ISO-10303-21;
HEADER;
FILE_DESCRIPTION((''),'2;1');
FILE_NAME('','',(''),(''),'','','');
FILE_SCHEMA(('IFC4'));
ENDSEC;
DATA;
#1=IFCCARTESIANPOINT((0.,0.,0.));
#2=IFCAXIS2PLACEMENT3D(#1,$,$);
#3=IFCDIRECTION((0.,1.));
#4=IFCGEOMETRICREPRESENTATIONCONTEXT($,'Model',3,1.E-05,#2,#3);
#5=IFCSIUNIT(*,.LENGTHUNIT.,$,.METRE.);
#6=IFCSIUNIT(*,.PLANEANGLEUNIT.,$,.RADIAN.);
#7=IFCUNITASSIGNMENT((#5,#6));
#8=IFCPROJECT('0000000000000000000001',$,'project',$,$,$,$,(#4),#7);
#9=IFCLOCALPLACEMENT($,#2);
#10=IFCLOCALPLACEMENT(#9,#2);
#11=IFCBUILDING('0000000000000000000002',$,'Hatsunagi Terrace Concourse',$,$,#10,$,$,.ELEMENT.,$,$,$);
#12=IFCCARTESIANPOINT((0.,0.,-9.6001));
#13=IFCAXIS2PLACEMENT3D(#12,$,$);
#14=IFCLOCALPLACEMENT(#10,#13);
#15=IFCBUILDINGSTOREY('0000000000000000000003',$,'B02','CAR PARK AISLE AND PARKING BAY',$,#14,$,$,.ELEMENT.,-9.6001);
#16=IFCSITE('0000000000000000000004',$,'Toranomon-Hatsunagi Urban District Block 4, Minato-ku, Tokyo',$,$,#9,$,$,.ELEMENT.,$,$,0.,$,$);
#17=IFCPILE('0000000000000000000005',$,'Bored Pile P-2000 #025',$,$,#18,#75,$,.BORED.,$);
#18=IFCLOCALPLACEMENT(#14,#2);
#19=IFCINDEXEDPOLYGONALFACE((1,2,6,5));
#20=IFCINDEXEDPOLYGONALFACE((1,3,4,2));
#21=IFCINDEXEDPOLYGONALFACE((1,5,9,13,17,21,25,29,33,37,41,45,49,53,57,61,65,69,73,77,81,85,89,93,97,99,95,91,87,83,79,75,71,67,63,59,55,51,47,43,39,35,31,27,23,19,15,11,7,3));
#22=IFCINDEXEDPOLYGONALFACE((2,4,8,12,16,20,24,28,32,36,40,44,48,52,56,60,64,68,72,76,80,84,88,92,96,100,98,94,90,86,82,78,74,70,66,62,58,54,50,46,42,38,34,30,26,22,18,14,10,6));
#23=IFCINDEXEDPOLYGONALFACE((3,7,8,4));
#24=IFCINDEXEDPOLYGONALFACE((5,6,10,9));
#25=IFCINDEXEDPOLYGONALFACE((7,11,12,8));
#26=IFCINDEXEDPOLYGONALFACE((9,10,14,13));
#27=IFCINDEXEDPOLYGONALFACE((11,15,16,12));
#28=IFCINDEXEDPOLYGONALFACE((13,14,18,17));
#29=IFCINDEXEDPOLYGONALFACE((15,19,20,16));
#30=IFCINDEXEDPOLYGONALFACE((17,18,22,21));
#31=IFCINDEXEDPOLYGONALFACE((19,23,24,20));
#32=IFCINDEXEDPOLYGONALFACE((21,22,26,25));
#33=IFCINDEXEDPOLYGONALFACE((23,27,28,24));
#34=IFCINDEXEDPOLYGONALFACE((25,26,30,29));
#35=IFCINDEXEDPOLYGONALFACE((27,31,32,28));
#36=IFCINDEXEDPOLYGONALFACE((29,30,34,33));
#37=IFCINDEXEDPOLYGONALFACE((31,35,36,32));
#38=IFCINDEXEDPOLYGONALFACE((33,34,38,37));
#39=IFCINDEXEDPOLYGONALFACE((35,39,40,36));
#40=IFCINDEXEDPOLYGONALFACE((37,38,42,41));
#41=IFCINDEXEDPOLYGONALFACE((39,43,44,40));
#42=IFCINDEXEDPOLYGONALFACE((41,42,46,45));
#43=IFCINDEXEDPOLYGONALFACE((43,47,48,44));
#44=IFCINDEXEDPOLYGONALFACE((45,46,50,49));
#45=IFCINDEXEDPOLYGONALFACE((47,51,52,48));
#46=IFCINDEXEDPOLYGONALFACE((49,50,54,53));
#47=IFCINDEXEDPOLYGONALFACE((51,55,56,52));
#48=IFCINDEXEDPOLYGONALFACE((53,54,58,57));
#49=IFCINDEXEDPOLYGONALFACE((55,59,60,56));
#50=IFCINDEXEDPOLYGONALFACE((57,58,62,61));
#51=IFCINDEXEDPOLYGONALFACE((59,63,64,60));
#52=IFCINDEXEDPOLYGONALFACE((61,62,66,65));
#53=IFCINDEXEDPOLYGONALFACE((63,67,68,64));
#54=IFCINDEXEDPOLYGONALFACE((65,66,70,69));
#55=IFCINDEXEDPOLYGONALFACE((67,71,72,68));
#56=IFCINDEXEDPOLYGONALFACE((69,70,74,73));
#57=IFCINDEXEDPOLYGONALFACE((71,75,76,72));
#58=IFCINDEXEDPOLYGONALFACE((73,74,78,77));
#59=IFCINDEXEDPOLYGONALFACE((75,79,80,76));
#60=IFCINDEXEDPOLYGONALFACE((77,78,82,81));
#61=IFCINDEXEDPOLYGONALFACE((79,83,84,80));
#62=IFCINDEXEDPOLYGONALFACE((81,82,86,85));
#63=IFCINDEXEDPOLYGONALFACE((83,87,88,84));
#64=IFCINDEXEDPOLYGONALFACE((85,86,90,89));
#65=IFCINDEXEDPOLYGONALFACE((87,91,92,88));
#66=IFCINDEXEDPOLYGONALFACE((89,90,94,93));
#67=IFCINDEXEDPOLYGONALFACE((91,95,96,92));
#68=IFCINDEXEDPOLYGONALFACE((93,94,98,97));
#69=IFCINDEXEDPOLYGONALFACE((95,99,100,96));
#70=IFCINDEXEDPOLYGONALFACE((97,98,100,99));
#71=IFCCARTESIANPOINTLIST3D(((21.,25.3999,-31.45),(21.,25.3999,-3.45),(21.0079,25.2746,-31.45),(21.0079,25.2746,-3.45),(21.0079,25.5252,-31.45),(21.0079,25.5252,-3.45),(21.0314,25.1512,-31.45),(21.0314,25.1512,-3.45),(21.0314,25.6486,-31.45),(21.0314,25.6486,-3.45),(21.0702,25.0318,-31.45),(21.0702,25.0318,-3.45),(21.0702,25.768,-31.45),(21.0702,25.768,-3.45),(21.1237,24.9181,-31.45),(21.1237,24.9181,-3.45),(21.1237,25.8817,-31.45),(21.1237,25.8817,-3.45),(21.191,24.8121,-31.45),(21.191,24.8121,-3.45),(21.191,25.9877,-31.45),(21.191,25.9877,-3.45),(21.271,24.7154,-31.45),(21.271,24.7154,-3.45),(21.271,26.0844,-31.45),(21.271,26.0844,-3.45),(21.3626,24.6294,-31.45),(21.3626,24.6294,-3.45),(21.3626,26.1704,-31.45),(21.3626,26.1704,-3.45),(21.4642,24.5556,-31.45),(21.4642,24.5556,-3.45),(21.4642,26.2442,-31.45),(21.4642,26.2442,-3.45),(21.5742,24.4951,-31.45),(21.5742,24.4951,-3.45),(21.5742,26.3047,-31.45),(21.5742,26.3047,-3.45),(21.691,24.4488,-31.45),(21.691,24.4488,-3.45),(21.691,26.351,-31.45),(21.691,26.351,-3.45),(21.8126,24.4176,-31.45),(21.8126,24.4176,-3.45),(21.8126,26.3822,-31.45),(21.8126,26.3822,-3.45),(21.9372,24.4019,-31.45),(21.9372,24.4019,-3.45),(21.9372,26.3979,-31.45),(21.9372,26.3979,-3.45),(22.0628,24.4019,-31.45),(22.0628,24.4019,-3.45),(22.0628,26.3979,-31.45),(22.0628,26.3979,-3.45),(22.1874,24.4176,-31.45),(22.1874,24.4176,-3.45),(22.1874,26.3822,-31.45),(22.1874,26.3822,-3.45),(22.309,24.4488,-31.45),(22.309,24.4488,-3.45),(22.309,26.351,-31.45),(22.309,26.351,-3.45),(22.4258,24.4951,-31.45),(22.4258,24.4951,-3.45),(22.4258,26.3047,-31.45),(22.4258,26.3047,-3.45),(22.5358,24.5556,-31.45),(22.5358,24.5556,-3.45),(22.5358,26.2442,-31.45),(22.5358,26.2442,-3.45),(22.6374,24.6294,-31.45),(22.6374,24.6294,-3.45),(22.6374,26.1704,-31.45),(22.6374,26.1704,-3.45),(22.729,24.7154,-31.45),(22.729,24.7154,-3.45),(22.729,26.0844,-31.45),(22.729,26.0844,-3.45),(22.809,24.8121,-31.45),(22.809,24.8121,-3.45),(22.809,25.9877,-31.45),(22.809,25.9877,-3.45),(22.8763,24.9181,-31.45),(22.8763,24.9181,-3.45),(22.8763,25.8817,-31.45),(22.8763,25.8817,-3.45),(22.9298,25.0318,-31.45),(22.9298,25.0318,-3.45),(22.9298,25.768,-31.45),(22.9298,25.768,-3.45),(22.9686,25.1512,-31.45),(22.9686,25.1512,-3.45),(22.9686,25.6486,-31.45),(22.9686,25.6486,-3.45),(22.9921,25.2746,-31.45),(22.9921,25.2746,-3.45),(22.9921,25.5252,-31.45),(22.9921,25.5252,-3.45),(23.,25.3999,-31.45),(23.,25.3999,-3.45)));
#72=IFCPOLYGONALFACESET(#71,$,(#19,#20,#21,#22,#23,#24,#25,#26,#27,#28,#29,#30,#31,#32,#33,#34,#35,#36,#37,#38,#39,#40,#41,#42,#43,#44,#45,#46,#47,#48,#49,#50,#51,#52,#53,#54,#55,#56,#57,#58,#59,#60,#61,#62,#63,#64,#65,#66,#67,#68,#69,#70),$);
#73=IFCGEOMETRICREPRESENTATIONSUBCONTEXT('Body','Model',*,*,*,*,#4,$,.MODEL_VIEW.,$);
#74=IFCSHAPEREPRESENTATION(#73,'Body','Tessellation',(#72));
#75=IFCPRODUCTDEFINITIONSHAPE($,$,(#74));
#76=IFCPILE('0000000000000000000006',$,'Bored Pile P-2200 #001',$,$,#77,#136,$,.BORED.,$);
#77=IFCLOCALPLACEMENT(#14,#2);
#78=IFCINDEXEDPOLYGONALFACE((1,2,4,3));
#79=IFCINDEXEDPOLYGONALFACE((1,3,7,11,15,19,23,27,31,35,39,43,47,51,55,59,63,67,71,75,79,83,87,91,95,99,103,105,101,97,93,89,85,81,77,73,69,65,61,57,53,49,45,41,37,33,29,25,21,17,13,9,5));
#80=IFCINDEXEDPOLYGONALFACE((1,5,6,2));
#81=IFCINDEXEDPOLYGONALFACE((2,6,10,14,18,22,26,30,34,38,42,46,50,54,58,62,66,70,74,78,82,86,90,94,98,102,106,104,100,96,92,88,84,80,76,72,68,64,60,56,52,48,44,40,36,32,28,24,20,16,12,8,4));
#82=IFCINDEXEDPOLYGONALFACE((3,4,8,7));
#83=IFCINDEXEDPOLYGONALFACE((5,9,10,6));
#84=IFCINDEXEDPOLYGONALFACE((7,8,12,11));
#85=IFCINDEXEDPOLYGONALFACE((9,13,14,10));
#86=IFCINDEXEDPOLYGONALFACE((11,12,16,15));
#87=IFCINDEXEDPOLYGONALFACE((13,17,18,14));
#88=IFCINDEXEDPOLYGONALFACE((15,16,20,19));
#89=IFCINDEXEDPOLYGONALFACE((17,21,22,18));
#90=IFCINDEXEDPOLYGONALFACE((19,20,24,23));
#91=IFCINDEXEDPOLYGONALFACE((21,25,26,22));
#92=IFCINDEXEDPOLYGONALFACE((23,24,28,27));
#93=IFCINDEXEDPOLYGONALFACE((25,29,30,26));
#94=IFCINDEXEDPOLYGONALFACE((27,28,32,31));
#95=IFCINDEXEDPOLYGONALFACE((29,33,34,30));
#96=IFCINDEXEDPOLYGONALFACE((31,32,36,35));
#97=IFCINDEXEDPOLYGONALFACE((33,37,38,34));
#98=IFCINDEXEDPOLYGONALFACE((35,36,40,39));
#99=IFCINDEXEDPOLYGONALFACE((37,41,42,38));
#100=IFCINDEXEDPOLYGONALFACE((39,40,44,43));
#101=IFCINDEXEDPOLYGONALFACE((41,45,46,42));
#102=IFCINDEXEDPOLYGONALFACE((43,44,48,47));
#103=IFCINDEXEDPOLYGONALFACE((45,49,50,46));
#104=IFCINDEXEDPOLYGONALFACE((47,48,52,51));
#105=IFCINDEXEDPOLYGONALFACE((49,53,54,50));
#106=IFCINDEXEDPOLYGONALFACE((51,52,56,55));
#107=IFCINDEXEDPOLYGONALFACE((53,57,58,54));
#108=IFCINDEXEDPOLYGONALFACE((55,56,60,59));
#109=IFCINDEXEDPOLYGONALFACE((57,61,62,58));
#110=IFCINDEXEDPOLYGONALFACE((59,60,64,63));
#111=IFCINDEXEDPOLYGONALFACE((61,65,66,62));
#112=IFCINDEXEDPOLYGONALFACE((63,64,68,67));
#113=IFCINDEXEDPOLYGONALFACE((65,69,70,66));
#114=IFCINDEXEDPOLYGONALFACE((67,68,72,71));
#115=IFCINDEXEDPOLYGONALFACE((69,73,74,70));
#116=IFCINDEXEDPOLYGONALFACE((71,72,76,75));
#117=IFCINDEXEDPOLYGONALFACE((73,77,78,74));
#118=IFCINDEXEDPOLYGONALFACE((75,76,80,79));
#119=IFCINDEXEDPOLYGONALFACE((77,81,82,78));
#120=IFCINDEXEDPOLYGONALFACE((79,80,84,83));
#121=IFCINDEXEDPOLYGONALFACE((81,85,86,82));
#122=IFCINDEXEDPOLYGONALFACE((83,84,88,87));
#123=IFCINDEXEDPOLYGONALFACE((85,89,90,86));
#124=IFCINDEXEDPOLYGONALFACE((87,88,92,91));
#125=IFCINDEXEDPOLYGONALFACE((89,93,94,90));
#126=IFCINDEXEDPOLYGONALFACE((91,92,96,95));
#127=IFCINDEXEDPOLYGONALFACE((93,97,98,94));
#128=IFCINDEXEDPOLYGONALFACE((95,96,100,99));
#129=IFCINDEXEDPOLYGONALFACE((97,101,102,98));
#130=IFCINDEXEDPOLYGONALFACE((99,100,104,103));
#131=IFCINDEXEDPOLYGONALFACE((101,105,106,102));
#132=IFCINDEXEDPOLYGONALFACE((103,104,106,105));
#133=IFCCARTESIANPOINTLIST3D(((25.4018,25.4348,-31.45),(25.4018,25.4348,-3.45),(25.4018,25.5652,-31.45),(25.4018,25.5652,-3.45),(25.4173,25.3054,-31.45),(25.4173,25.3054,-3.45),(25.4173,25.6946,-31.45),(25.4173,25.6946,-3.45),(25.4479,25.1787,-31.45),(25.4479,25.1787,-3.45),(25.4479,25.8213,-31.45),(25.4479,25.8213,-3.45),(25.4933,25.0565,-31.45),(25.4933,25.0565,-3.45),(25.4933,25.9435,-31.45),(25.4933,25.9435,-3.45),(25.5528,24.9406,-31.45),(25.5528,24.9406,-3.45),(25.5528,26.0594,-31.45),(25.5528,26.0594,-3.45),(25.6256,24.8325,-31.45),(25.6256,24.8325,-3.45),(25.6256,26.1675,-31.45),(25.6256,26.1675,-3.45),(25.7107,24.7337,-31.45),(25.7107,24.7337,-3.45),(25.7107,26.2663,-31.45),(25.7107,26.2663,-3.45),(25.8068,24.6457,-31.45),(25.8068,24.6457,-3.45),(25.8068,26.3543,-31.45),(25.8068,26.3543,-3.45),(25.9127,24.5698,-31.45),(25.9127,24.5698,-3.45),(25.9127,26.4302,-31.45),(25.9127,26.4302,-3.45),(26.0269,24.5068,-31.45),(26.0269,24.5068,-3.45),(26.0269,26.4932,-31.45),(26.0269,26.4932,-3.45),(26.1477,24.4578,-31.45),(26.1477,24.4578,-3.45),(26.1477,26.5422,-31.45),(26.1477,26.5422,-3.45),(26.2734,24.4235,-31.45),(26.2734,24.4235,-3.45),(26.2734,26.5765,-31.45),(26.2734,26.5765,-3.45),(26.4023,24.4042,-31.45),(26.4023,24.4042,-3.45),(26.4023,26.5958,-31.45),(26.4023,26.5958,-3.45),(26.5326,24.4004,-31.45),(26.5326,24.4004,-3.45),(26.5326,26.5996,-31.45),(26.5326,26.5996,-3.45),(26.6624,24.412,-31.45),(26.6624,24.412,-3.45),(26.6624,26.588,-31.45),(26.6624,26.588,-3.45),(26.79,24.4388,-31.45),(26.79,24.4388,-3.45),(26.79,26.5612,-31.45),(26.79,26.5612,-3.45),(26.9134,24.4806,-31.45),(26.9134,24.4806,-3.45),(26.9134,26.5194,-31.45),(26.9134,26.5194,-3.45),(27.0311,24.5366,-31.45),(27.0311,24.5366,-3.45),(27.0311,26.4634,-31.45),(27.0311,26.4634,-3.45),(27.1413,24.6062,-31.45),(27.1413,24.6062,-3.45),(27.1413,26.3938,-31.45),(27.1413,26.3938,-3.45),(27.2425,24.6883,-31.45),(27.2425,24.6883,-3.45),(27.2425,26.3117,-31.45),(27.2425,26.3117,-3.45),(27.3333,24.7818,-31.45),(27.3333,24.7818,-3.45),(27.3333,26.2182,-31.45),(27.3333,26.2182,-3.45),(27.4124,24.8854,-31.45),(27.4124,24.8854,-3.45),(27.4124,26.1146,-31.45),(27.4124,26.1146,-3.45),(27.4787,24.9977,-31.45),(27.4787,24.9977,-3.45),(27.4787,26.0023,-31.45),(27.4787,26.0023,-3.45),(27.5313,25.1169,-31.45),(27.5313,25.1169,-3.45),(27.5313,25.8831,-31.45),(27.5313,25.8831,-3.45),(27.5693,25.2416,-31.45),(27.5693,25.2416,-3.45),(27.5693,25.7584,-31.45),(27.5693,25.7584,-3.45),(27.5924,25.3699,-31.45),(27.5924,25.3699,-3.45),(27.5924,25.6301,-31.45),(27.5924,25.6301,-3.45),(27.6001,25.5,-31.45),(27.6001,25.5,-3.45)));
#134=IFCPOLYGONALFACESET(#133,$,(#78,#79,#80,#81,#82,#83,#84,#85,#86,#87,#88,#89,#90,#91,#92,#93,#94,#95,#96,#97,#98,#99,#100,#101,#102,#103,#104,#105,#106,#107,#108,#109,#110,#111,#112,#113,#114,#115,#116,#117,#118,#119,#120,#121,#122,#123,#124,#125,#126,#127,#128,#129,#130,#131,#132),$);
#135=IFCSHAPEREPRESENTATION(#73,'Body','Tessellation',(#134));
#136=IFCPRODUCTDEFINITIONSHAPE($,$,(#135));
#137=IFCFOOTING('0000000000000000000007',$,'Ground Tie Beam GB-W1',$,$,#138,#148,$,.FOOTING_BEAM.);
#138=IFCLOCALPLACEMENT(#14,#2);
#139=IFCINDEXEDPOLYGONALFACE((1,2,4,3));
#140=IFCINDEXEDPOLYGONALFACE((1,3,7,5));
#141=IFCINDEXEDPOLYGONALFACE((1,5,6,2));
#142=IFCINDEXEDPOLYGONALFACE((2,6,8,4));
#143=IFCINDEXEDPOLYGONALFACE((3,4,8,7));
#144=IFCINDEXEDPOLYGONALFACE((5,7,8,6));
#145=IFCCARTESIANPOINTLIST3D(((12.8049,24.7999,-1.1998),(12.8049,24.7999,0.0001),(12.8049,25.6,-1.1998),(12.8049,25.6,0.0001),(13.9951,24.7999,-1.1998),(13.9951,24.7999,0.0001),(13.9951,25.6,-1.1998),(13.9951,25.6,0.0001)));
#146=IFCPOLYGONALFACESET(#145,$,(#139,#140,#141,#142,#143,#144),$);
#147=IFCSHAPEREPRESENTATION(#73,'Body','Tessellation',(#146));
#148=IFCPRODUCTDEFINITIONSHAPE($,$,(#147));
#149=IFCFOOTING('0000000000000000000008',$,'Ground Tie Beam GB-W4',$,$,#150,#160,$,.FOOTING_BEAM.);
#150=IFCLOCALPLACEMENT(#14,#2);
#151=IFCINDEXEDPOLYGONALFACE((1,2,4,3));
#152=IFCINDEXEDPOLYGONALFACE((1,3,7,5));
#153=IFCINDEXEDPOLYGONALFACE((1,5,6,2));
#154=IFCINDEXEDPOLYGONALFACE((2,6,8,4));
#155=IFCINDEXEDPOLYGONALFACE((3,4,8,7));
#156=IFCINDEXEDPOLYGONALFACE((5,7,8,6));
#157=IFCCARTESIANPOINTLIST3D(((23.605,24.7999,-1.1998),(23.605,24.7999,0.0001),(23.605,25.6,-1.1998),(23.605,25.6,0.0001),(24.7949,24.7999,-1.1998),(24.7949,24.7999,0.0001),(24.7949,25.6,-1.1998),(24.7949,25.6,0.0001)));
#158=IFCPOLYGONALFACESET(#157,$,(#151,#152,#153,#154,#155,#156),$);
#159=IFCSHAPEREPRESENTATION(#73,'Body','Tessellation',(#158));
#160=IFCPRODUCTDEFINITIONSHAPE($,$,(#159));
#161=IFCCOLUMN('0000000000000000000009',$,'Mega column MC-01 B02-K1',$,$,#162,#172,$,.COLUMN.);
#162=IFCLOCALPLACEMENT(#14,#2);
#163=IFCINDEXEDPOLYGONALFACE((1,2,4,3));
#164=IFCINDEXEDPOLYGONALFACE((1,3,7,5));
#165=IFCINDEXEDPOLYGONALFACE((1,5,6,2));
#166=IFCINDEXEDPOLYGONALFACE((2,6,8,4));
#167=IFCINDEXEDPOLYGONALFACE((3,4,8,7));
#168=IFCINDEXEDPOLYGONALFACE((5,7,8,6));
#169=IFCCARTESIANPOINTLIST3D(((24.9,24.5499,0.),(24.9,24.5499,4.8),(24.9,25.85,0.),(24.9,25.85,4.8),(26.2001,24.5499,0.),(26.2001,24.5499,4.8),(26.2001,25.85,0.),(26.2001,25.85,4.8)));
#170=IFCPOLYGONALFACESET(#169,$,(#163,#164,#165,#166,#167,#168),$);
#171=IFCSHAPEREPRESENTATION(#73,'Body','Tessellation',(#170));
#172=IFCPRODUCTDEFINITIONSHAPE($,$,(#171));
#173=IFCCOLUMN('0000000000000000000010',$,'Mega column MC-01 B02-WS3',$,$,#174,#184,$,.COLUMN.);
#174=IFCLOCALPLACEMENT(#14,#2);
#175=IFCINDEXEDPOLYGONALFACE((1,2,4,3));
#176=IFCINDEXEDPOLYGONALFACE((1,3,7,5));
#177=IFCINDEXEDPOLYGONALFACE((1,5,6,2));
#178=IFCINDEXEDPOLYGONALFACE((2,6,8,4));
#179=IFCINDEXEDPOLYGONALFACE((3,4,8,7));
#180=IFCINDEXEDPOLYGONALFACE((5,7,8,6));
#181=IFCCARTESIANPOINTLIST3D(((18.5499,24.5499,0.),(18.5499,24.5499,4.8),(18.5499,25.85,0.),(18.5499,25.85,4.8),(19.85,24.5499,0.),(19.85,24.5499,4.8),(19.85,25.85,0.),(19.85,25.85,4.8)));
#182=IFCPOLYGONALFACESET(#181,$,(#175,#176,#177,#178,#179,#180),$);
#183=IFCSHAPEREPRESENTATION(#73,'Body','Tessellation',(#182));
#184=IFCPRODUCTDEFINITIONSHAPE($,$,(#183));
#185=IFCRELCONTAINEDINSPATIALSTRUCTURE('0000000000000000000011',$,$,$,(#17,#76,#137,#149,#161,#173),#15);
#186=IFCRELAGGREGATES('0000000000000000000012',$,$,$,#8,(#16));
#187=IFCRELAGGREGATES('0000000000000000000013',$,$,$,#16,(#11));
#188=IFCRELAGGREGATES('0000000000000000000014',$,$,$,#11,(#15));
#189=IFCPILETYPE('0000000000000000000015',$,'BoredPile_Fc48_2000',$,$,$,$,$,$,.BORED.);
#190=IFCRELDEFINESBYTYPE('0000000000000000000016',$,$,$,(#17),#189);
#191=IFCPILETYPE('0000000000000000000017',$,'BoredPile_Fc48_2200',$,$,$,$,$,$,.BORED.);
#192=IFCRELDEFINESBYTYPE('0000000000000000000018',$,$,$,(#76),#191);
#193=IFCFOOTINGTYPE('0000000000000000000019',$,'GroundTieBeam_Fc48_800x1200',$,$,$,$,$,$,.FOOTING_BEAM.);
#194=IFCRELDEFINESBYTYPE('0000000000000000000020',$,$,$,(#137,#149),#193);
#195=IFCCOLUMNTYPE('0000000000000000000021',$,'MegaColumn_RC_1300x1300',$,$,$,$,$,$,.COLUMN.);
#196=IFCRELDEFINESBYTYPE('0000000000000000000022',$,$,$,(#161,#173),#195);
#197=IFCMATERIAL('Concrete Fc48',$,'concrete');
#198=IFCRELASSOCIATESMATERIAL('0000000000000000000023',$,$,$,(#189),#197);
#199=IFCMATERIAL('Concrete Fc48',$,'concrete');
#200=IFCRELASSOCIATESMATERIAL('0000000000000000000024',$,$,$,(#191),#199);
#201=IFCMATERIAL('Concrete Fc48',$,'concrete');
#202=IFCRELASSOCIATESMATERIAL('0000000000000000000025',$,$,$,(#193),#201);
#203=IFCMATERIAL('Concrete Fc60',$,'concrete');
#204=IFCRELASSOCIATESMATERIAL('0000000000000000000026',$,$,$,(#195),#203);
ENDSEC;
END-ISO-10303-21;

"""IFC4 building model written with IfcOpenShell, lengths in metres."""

from ifc_helpers import new_model, si_unit, direction, frame, origin, origin_2d, place, context, subcontext, project, spatial, rectangle, circle, extrude, material, material_profile, profile_set, type_object, element, save


model = new_model("IFC4")

# Units and contexts
model_context = context("Model", 3, precision=1e-05, world=origin(), true_north=direction((0.0, 1.0)))
body_context = subcontext(model_context, "Body", "Model", "MODEL_VIEW")
ifc_project = project(units=[si_unit("LENGTHUNIT", "METRE"), si_unit("PLANEANGLEUNIT", "RADIAN")], contexts=[model_context])

# Site, building, storey
site_placement = place(None, origin())
site = spatial("IfcSite", under=ifc_project, at=site_placement, Name="Toranomon-Hatsunagi Urban District Block 4, Minato-ku, Tokyo", CompositionType="ELEMENT", RefElevation=0.0)
building_placement = place(site_placement, origin())
building = spatial("IfcBuilding", under=site, at=building_placement, Name="Hatsunagi Terrace Concourse", CompositionType="ELEMENT")
storey_placement = place(building_placement, frame((0.0, 0.0, -9.6001)))
storey = spatial("IfcBuildingStorey", under=building, at=storey_placement, Name="B02", Description="CAR PARK AISLE AND PARKING BAY", CompositionType="ELEMENT", Elevation=-9.6001)

# Piles
ifc_material_1 = material(Name="Concrete Fc48", Category="concrete")
ifc_material_profile_1 = material_profile(ifc_material_1, circle(Radius=1.0, at=origin_2d()), Name="PILE-2000")
ifc_profile_set_1 = profile_set([ifc_material_profile_1], Name="Concrete Fc48")
pile_type_1 = type_object("IfcPileType", Name="BoredPile_Fc48_2000", PredefinedType="BORED", material=ifc_profile_set_1)
for number, where, z_axis, x_axis, name in (
    (1, (22.0, 25.3999, -3.45), (0.0, 0.0, -1.0), (1.0, 0.0, 0.0), "Bored Pile P-2000 #025"),
):
    element("IfcPile", number, at=place(storey_placement, frame(where, z_axis=z_axis, x_axis=x_axis)), inside=storey, type_object=pile_type_1, Name=name, PredefinedType="BORED", context=body_context, shape_type="SweptSolid", body=[
        extrude(circle(Radius=1.0, at=origin_2d()), origin(), (0.0, 0.0, 1.0), 28.0),
    ])
ifc_material_2 = material(Name="Concrete Fc48", Category="concrete")
ifc_material_profile_2 = material_profile(ifc_material_2, circle(Radius=1.1001, at=origin_2d()), Name="PILE-2200")
ifc_profile_set_2 = profile_set([ifc_material_profile_2], Name="Concrete Fc48")
pile_type_2 = type_object("IfcPileType", Name="BoredPile_Fc48_2200", PredefinedType="BORED", material=ifc_profile_set_2)
pile_placement = place(storey_placement, frame((26.5, 25.5, -3.45), z_axis=(0.0, 0.0, -1.0), x_axis=(1.0, 0.0, 0.0)))
element("IfcPile", 2, at=pile_placement, inside=storey, type_object=pile_type_2, Name="Bored Pile P-2200 #001", PredefinedType="BORED", context=body_context, shape_type="SweptSolid", body=[
    extrude(circle(Radius=1.1001, at=origin_2d()), origin(), (0.0, 0.0, 1.0), 28.0),
])

# Footings
ifc_material_3 = material(Name="Concrete Fc48", Category="concrete")
ifc_material_profile_3 = material_profile(ifc_material_3, rectangle(XDim=0.8, YDim=1.2, at=origin_2d()), Name="RC-800x1200")
ifc_profile_set_3 = profile_set([ifc_material_profile_3], Name="Concrete Fc48")
footing_type = type_object("IfcFootingType", Name="GroundTieBeam_Fc48_800x1200", PredefinedType="FOOTING_BEAM", material=ifc_profile_set_3)
footing_1_placement = place(storey_placement, frame((12.8049, 25.2, -0.5999), z_axis=(1.0, 0.0, 0.0), x_axis=(0.0, 1.0, 0.0)))
element("IfcFooting", 3, at=footing_1_placement, inside=storey, type_object=footing_type, Name="Ground Tie Beam GB-W1", PredefinedType="FOOTING_BEAM", context=body_context, shape_type="SweptSolid", body=[
    extrude(rectangle(XDim=0.8, YDim=1.2, at=origin_2d()), origin(), (0.0, 0.0, 1.0), 1.1902),
])
footing_2_placement = place(storey_placement, frame((23.605, 25.2, -0.5999), z_axis=(1.0, 0.0, 0.0), x_axis=(0.0, 1.0, 0.0)))
element("IfcFooting", 4, at=footing_2_placement, inside=storey, type_object=footing_type, Name="Ground Tie Beam GB-W4", PredefinedType="FOOTING_BEAM", context=body_context, shape_type="SweptSolid", body=[
    extrude(rectangle(XDim=0.8, YDim=1.2, at=origin_2d()), origin(), (0.0, 0.0, 1.0), 1.1899),
])

# Columns
ifc_material_4 = material(Name="Concrete Fc60", Category="concrete")
ifc_material_profile_4 = material_profile(ifc_material_4, rectangle(XDim=1.3, YDim=1.3, at=origin_2d()), Name="RC-1300x1300")
ifc_profile_set_4 = profile_set([ifc_material_profile_4], Name="Concrete Fc60")
column_type_1 = type_object("IfcColumnType", Name="MegaColumn_RC_1300x1300", PredefinedType="COLUMN", material=ifc_profile_set_4)
for number, where, z_axis, x_axis, name in (
    (5, (25.55, 25.2, 0.0), (0.0, 0.0, 1.0), (1.0, 0.0, 0.0), "Mega column MC-01 B02-K1"),
    (6, (19.2, 25.2, 0.0), (0.0, 0.0, 1.0), (1.0, 0.0, 0.0), "Mega column MC-01 B02-WS3"),
):
    element("IfcColumn", number, at=place(storey_placement, frame(where, z_axis=z_axis, x_axis=x_axis)), inside=storey, type_object=column_type_1, Name=name, PredefinedType="COLUMN", context=body_context, shape_type="SweptSolid", body=[
        extrude(rectangle(XDim=1.3, YDim=1.3, at=origin_2d()), origin(), (0.0, 0.0, 1.0), 4.8),
    ])

save(model, "model.ifc")
